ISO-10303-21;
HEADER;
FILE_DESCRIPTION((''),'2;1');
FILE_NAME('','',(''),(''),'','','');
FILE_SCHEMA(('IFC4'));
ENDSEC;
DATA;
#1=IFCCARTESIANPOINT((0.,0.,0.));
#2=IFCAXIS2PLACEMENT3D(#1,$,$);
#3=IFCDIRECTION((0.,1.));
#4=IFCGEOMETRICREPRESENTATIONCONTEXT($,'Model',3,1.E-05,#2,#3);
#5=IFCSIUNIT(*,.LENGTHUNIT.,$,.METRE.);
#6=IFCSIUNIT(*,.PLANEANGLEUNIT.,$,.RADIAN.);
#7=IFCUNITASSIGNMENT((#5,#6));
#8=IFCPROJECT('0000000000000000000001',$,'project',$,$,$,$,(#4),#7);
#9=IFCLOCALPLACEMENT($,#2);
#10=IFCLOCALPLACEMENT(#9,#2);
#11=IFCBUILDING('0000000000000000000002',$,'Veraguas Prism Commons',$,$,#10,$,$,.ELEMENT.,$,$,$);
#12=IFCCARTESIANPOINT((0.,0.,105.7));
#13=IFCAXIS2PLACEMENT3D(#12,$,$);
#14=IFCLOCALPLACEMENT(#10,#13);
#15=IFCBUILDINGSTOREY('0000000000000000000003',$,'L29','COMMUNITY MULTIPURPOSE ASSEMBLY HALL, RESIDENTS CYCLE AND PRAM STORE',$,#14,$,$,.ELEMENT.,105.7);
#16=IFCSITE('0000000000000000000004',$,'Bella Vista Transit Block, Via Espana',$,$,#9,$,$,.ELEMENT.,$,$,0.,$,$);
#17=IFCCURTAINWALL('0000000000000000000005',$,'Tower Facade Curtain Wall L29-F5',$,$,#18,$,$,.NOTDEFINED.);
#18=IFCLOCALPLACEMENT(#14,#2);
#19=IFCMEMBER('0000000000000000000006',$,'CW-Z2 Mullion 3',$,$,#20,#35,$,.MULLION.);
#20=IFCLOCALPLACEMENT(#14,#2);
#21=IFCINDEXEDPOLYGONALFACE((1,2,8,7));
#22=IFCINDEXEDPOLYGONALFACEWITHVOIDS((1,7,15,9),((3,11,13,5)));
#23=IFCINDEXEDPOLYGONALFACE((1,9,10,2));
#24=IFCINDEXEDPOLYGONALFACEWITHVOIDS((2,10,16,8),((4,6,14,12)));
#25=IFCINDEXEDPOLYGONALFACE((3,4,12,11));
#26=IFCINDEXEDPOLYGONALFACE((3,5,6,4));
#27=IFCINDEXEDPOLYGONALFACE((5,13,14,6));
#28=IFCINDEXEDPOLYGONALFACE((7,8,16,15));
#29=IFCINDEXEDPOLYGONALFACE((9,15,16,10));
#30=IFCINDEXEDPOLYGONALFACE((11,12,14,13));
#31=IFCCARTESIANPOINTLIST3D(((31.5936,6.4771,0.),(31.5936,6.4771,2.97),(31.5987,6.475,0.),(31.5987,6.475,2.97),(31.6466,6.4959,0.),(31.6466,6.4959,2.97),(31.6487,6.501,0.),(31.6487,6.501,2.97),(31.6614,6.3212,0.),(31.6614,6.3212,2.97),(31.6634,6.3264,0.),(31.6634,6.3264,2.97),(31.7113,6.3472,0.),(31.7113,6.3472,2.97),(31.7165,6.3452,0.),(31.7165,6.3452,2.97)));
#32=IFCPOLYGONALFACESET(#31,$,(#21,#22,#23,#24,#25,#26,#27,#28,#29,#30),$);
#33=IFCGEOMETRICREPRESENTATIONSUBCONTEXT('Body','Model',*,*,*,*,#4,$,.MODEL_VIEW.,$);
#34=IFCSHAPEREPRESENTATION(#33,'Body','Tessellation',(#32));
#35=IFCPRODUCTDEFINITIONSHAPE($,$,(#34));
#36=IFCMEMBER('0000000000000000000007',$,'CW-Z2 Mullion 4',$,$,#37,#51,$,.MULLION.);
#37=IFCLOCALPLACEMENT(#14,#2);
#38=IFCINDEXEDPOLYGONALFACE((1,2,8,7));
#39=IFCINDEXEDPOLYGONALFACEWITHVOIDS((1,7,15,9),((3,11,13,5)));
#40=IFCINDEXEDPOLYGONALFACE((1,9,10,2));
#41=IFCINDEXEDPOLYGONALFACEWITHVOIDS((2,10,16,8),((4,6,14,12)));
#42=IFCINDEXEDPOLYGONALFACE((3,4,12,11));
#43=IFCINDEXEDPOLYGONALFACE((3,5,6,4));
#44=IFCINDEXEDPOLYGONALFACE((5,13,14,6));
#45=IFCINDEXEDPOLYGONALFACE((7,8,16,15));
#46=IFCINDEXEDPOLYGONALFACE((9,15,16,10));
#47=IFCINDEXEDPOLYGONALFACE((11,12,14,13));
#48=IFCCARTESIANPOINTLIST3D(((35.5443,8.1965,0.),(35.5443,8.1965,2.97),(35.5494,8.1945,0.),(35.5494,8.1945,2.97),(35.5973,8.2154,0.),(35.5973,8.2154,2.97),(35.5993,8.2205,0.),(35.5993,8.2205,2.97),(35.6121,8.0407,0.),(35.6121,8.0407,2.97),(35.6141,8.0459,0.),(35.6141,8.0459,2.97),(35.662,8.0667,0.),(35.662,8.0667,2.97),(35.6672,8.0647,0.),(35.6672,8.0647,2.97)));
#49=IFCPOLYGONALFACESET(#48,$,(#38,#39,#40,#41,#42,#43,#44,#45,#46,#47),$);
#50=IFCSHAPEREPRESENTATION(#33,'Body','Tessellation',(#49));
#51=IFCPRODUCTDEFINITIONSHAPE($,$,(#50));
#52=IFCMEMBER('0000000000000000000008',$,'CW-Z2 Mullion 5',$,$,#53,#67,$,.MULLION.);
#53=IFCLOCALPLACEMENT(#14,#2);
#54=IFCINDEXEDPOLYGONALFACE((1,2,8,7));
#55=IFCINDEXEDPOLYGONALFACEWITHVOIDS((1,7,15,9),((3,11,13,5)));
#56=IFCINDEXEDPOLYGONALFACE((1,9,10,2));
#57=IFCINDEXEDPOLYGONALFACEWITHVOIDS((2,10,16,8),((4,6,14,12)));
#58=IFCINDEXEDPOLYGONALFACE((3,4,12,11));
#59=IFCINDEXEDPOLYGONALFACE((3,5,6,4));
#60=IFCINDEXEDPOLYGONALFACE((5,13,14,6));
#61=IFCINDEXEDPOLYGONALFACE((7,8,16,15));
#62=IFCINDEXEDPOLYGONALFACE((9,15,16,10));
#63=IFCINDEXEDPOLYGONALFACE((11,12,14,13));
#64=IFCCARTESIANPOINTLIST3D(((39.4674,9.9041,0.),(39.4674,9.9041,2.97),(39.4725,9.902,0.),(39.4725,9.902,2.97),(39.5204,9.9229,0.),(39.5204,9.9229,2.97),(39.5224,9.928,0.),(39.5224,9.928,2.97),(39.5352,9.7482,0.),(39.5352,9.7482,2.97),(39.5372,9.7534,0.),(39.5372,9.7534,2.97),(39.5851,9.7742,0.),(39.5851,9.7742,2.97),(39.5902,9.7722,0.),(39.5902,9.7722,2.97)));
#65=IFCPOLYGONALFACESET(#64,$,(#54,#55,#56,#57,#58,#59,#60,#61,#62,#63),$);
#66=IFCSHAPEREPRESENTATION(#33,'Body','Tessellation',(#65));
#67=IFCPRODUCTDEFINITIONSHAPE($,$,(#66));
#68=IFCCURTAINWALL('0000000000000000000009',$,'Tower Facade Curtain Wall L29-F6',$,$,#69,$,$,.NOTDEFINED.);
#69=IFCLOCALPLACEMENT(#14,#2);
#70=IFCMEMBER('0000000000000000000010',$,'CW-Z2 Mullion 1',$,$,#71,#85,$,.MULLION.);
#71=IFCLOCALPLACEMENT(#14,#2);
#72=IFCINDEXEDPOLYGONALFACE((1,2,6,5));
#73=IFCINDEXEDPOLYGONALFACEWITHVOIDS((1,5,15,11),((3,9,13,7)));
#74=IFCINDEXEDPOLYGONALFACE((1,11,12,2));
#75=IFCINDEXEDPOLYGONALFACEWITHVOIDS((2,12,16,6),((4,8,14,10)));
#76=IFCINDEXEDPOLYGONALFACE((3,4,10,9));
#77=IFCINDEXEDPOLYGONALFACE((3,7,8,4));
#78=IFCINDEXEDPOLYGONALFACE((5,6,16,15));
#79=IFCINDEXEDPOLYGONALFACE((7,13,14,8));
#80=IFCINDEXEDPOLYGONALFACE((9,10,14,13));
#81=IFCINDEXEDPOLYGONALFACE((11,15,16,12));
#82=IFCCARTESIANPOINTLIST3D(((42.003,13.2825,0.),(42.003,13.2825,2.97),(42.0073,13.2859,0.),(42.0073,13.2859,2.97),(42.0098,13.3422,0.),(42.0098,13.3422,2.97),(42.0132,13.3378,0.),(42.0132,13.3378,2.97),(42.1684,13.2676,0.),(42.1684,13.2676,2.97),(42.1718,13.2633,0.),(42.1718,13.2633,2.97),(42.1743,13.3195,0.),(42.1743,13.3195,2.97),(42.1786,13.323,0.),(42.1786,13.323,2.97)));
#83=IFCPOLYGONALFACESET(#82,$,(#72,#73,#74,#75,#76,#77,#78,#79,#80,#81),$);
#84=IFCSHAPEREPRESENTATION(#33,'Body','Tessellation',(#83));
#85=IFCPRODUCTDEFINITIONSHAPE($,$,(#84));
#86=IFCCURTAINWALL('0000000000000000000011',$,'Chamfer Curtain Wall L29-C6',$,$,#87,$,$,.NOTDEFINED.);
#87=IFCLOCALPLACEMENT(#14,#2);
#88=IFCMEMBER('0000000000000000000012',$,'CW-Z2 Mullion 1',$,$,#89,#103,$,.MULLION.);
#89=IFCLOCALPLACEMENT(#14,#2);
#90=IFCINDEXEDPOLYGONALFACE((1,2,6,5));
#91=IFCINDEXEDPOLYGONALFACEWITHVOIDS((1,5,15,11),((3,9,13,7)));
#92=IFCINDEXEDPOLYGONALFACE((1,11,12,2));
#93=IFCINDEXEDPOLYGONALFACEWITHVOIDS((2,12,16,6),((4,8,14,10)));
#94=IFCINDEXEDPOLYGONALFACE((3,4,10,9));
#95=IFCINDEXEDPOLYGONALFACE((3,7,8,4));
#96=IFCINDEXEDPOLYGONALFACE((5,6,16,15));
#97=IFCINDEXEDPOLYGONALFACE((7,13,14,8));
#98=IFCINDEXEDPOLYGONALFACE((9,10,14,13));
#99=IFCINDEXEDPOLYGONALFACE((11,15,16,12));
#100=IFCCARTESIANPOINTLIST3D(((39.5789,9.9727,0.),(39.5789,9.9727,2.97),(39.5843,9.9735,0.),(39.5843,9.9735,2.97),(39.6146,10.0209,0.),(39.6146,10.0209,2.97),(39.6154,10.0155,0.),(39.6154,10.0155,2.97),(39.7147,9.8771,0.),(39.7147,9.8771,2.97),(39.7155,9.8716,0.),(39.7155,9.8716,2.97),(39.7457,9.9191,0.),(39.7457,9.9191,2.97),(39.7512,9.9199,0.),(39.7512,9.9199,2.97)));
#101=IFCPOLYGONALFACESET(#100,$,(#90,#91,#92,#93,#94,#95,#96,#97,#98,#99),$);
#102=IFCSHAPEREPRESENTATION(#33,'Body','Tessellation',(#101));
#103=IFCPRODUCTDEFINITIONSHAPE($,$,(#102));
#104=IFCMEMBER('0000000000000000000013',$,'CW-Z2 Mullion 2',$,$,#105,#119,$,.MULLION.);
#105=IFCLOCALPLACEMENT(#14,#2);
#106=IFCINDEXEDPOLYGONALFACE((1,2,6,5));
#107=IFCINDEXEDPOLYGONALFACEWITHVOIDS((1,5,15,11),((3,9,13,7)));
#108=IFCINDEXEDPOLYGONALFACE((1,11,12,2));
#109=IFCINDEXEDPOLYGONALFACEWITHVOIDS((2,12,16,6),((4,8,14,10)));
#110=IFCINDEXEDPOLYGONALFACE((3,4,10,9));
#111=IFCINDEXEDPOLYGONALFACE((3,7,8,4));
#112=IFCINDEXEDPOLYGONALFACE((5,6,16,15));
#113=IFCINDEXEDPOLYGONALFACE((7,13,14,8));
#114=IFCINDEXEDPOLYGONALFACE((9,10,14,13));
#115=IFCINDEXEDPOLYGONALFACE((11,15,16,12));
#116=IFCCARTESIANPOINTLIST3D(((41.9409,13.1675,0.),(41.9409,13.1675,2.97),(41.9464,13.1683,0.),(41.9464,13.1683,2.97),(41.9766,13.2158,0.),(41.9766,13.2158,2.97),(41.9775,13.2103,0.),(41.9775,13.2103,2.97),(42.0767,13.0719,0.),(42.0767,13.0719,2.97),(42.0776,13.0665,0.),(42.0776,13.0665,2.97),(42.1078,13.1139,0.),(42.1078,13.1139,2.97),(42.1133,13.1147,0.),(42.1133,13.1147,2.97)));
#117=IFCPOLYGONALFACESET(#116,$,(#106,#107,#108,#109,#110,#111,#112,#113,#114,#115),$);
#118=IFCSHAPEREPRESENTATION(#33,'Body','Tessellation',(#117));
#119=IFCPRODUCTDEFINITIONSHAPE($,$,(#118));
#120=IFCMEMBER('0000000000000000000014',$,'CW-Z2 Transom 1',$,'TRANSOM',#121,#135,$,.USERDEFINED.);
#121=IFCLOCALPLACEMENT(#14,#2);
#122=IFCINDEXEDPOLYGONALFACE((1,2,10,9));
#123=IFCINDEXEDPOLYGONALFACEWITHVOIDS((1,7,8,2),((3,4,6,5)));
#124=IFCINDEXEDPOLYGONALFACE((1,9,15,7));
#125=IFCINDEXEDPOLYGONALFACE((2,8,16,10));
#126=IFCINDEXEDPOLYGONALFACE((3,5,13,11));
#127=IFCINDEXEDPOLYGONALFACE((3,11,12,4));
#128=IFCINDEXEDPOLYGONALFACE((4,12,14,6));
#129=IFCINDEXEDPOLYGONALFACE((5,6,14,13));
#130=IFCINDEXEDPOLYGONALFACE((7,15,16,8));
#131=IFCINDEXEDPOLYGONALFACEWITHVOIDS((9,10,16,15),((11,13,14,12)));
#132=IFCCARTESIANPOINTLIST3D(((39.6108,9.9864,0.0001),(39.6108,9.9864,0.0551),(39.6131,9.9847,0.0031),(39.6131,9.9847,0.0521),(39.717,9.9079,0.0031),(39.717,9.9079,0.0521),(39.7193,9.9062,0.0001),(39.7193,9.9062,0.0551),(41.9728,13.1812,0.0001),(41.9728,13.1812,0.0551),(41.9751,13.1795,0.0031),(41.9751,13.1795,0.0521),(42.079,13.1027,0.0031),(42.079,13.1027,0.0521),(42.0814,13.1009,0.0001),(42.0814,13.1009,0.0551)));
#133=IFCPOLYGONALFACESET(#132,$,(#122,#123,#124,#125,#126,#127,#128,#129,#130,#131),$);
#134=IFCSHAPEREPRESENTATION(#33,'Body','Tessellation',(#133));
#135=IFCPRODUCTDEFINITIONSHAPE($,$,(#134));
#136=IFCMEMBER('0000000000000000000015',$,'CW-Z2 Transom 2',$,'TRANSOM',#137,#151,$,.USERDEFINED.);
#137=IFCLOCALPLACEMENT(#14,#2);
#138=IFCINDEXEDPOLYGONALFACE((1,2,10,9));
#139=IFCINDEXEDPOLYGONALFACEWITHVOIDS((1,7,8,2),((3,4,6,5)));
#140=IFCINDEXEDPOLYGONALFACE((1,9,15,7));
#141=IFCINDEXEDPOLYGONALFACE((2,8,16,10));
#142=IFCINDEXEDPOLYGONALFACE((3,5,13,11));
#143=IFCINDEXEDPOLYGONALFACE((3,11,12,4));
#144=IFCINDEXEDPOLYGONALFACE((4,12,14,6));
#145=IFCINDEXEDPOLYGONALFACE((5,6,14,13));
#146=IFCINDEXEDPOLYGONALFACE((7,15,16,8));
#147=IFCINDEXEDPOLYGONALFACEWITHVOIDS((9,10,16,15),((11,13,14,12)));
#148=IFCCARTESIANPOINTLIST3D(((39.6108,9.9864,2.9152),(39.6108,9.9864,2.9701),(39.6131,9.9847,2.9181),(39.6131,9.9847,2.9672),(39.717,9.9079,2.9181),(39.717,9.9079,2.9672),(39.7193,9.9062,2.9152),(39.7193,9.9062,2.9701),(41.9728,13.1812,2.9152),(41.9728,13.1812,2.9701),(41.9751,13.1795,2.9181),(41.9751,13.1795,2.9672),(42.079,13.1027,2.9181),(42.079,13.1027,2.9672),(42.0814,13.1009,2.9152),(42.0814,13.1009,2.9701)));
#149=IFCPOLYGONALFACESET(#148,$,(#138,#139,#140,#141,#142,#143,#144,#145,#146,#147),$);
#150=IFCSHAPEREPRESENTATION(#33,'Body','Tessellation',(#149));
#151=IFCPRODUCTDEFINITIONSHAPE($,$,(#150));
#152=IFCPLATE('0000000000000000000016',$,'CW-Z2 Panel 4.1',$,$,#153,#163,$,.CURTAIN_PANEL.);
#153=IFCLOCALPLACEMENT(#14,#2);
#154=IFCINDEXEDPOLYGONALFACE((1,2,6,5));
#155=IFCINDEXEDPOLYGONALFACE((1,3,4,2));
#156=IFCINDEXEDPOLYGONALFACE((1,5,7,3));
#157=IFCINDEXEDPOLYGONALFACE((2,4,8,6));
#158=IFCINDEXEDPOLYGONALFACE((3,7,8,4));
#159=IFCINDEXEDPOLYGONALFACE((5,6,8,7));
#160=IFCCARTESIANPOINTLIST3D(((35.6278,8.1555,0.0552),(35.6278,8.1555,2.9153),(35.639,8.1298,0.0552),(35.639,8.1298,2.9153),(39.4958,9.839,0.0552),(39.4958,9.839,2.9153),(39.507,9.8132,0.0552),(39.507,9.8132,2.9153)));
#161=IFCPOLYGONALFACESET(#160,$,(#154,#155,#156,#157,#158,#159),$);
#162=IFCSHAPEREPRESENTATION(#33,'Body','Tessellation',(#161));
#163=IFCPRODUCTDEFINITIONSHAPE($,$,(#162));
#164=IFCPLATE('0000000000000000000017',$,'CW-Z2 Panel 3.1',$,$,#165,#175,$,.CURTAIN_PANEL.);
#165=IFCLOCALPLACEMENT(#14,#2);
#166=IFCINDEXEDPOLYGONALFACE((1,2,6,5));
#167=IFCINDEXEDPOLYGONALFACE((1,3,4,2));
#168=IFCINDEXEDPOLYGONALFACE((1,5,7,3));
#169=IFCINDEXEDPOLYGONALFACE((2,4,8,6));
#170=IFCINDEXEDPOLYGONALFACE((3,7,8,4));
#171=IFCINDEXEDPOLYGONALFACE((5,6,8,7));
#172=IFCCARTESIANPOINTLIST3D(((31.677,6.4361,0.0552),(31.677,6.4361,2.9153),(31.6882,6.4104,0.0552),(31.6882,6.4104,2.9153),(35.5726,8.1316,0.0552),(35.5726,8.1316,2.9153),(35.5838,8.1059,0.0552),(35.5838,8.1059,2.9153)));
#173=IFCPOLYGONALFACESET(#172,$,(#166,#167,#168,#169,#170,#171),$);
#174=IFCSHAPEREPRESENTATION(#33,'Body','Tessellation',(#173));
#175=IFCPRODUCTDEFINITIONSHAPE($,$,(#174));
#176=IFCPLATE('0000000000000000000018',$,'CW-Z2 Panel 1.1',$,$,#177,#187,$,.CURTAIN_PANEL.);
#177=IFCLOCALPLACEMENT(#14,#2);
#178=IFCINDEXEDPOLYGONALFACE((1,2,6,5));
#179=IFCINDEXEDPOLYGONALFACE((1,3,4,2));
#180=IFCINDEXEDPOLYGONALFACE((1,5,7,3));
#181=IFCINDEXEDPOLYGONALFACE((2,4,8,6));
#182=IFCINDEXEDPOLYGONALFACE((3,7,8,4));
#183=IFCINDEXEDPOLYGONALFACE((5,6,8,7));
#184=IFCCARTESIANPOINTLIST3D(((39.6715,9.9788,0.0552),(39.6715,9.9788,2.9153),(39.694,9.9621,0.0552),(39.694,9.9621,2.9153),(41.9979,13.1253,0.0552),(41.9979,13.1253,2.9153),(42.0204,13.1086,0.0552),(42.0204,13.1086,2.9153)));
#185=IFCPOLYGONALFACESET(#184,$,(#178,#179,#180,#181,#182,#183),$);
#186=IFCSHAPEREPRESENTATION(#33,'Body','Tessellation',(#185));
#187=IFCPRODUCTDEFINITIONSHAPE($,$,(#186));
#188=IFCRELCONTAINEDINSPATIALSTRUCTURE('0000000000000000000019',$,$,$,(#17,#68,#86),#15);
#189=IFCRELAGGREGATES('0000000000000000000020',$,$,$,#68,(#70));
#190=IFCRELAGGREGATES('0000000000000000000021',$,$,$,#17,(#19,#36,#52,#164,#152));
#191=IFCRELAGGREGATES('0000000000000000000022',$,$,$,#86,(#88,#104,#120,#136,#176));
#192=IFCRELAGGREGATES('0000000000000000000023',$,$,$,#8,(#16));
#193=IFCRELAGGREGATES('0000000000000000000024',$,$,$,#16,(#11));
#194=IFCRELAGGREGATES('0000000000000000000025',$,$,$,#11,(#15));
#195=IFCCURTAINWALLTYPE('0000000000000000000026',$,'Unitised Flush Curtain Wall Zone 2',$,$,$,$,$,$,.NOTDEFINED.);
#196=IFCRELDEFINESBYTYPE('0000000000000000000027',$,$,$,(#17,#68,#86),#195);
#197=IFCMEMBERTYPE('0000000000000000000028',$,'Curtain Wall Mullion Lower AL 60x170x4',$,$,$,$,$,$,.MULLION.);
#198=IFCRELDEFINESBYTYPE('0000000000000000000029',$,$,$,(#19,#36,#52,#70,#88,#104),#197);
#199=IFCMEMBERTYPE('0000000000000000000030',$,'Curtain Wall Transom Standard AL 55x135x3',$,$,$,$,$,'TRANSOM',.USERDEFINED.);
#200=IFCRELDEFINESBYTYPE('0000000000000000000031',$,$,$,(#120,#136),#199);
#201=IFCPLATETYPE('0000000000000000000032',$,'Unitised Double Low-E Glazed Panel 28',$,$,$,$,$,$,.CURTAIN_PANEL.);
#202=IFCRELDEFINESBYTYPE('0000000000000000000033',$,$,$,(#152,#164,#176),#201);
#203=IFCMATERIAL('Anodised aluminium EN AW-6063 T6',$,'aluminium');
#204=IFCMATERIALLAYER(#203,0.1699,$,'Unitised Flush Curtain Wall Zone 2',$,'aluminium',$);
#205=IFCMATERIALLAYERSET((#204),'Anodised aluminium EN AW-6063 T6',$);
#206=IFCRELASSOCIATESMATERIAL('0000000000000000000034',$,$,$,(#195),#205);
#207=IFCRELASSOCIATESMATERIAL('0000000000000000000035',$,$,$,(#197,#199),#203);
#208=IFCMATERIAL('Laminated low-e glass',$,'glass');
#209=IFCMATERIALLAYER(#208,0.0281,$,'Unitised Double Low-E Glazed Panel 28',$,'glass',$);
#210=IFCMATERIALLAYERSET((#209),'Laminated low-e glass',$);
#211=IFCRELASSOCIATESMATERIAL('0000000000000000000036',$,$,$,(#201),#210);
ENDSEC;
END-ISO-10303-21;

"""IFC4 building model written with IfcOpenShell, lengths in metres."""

from ifc_helpers import new_model, si_unit, direction, frame, origin, origin_2d, place, context, subcontext, project, spatial, rectangle, hollow_rectangle, extrude, source, transform, mapped, material, layer, layer_set, material_profile, profile_set, type_object, element, aggregate, save


model = new_model("IFC4")

# Units and contexts
model_context = context("Model", 3, precision=1e-05, world=origin(), true_north=direction((0.0, 1.0)))
body_context = subcontext(model_context, "Body", "Model", "MODEL_VIEW")
ifc_project = project(units=[si_unit("LENGTHUNIT", "METRE"), si_unit("PLANEANGLEUNIT", "RADIAN")], contexts=[model_context])

# Site, building, storey
site_placement = place(None, origin())
site = spatial("IfcSite", under=ifc_project, at=site_placement, Name="Bella Vista Transit Block, Via Espana", CompositionType="ELEMENT", RefElevation=0.0)
building_placement = place(site_placement, origin())
building = spatial("IfcBuilding", under=site, at=building_placement, Name="Veraguas Prism Commons", CompositionType="ELEMENT")
storey_placement = place(building_placement, frame((0.0, 0.0, 105.7)))
storey = spatial("IfcBuildingStorey", under=building, at=storey_placement, Name="L29", Description="COMMUNITY MULTIPURPOSE ASSEMBLY HALL, RESIDENTS CYCLE AND PRAM STORE", CompositionType="ELEMENT", Elevation=105.7)

# Curtain wall, members
ifc_material_1 = material(Name="Anodised aluminium EN AW-6063 T6", Category="aluminium")
ifc_layer_1 = layer(ifc_material_1, 0.1699, Name="Unitised Flush Curtain Wall Zone 2", Category="aluminium")
ifc_layer_set_1 = layer_set([ifc_layer_1], Name="Anodised aluminium EN AW-6063 T6")
curtain_wall_type = type_object("IfcCurtainWallType", Name="Unitised Flush Curtain Wall Zone 2", PredefinedType="NOTDEFINED", material=ifc_layer_set_1)
curtain_wall_1_placement = place(storey_placement, origin())
curtain_wall_1 = element("IfcCurtainWall", 1, at=curtain_wall_1_placement, inside=storey, type_object=curtain_wall_type, Name="Tower Facade Curtain Wall L29-F5", PredefinedType="NOTDEFINED")
ifc_material_profile_1 = material_profile(ifc_material_1, hollow_rectangle(XDim=0.0601, YDim=0.1699, WallThickness=0.0039, at=origin_2d()), Name="AL60X170X4")
ifc_profile_set_1 = profile_set([ifc_material_profile_1], Name="Anodised aluminium EN AW-6063 T6")
member_type_1 = type_object("IfcMemberType", Name="Curtain Wall Mullion Lower AL 60x170x4", PredefinedType="MULLION", material=ifc_profile_set_1)
shared_shape_1 = source(origin(), body_context, "Body", "SweptSolid", [
    extrude(hollow_rectangle(XDim=0.0601, YDim=0.1699, WallThickness=0.0039, at=origin_2d()), origin(), (0.0, 0.0, 1.0), 2.97),
])
member_1_placement = place(storey_placement, frame((31.655, 6.4111, 0.0), z_axis=(0.0, 0.0, 1.0), x_axis=(0.916919, 0.399072, 0.0)))
member_1 = element("IfcMember", 2, at=member_1_placement, type_object=member_type_1, Name="CW-Z2 Mullion 3", PredefinedType="MULLION", context=body_context, shape_type="MappedRepresentation", body=[
    mapped(shared_shape_1, transform((0.0, 0.0, 0.0), scale=1.0)),
])
member_2_placement = place(storey_placement, frame((35.6057, 8.1306, 0.0), z_axis=(0.0, 0.0, 1.0), x_axis=(0.916919, 0.399072, 0.0)))
member_2 = element("IfcMember", 3, at=member_2_placement, type_object=member_type_1, Name="CW-Z2 Mullion 4", PredefinedType="MULLION", context=body_context, shape_type="MappedRepresentation", body=[
    mapped(shared_shape_1, transform((0.0, 0.0, 0.0), scale=1.0)),
])
member_3_placement = place(storey_placement, frame((39.5288, 9.8381, 0.0), z_axis=(0.0, 0.0, 1.0), x_axis=(0.916919, 0.399072, 0.0)))
member_3 = element("IfcMember", 4, at=member_3_placement, type_object=member_type_1, Name="CW-Z2 Mullion 5", PredefinedType="MULLION", context=body_context, shape_type="MappedRepresentation", body=[
    mapped(shared_shape_1, transform((0.0, 0.0, 0.0), scale=1.0)),
])

# Curtain wall, member
curtain_wall_2_placement = place(storey_placement, origin())
curtain_wall_2 = element("IfcCurtainWall", 5, at=curtain_wall_2_placement, inside=storey, type_object=curtain_wall_type, Name="Tower Facade Curtain Wall L29-F6", PredefinedType="NOTDEFINED")
member_4_placement = place(storey_placement, frame((42.0908, 13.3027, 0.0), z_axis=(0.0, 0.0, 1.0), x_axis=(0.112856, 0.993611, 0.0)))
member_4 = element("IfcMember", 6, at=member_4_placement, type_object=member_type_1, Name="CW-Z2 Mullion 1", PredefinedType="MULLION", context=body_context, shape_type="MappedRepresentation", body=[
    mapped(shared_shape_1, transform((0.0, 0.0, 0.0), scale=1.0)),
])
aggregate(curtain_wall_2, [member_4])

# Curtain wall, members
curtain_wall_3_placement = place(storey_placement, origin())
curtain_wall_3 = element("IfcCurtainWall", 7, at=curtain_wall_3_placement, inside=storey, type_object=curtain_wall_type, Name="Chamfer Curtain Wall L29-C6", PredefinedType="NOTDEFINED")
member_5_placement = place(storey_placement, frame((39.665, 9.9463, 0.0), z_axis=(0.0, 0.0, 1.0), x_axis=(0.59452, 0.804081, 0.0)))
member_5 = element("IfcMember", 8, at=member_5_placement, type_object=member_type_1, Name="CW-Z2 Mullion 1", PredefinedType="MULLION", context=body_context, shape_type="MappedRepresentation", body=[
    mapped(shared_shape_1, transform((0.0, 0.0, 0.0), scale=1.0)),
])
member_6_placement = place(storey_placement, frame((42.0271, 13.1411, 0.0), z_axis=(0.0, 0.0, 1.0), x_axis=(0.59452, 0.804081, 0.0)))
member_6 = element("IfcMember", 9, at=member_6_placement, type_object=member_type_1, Name="CW-Z2 Mullion 2", PredefinedType="MULLION", context=body_context, shape_type="MappedRepresentation", body=[
    mapped(shared_shape_1, transform((0.0, 0.0, 0.0), scale=1.0)),
])
ifc_material_profile_2 = material_profile(ifc_material_1, hollow_rectangle(XDim=0.0549, YDim=0.135, WallThickness=0.0029, at=origin_2d()), Name="AL55X135X3")
ifc_profile_set_2 = profile_set([ifc_material_profile_2], Name="Anodised aluminium EN AW-6063 T6")
member_type_2 = type_object("IfcMemberType", Name="Curtain Wall Transom Standard AL 55x135x3", ElementType="TRANSOM", PredefinedType="USERDEFINED", material=ifc_profile_set_2)
shared_shape_2 = source(origin(), body_context, "Body", "SweptSolid", [
    extrude(hollow_rectangle(XDim=0.0549, YDim=0.135, WallThickness=0.0029, at=origin_2d()), origin(), (0.0, 0.0, 1.0), 3.9731),
])
member_7_placement = place(storey_placement, frame((39.665, 9.9463, 0.0276), z_axis=(0.5945, 0.804096, 0.0), x_axis=(0.0, 0.0, 1.0)))
member_7 = element("IfcMember", 10, at=member_7_placement, type_object=member_type_2, Name="CW-Z2 Transom 1", ObjectType="TRANSOM", PredefinedType="USERDEFINED", context=body_context, shape_type="MappedRepresentation", body=[
    mapped(shared_shape_2, transform((0.0, 0.0, 0.0), scale=1.0)),
])
member_8_placement = place(storey_placement, frame((39.665, 9.9463, 2.9426), z_axis=(0.5945, 0.804096, 0.0), x_axis=(0.0, 0.0, 1.0)))
member_8 = element("IfcMember", 11, at=member_8_placement, type_object=member_type_2, Name="CW-Z2 Transom 2", ObjectType="TRANSOM", PredefinedType="USERDEFINED", context=body_context, shape_type="MappedRepresentation", body=[
    mapped(shared_shape_2, transform((0.0, 0.0, 0.0), scale=1.0)),
])

# Plates
ifc_material_2 = material(Name="Laminated low-e glass", Category="glass")
ifc_layer_2 = layer(ifc_material_2, 0.0281, Name="Unitised Double Low-E Glazed Panel 28", Category="glass")
ifc_layer_set_2 = layer_set([ifc_layer_2], Name="Laminated low-e glass")
plate_type = type_object("IfcPlateType", Name="Unitised Double Low-E Glazed Panel 28", PredefinedType="CURTAIN_PANEL", material=ifc_layer_set_2)
shared_shape_3 = source(origin(), body_context, "Body", "SweptSolid", [
    extrude(rectangle(XDim=4.2185, YDim=0.0281, at=origin_2d()), origin(), (0.0, 0.0, 1.0), 2.8601),
])
plate_1_placement = place(storey_placement, frame((37.5674, 8.9844, 0.0552), z_axis=(0.0, 0.0, 1.0), x_axis=(0.916919, 0.399072, 0.0)))
plate_1 = element("IfcPlate", 12, at=plate_1_placement, type_object=plate_type, Name="CW-Z2 Panel 4.1", PredefinedType="CURTAIN_PANEL", context=body_context, shape_type="MappedRepresentation", body=[
    mapped(shared_shape_3, transform((0.0, 0.0, 0.0), scale=1.0)),
])
shared_shape_4 = source(origin(), body_context, "Body", "SweptSolid", [
    extrude(rectangle(XDim=4.2485, YDim=0.0281, at=origin_2d()), origin(), (0.0, 0.0, 1.0), 2.8601),
])
plate_2_placement = place(storey_placement, frame((33.6304, 7.271, 0.0552), z_axis=(0.0, 0.0, 1.0), x_axis=(0.916919, 0.399072, 0.0)))
plate_2 = element("IfcPlate", 13, at=plate_2_placement, type_object=plate_type, Name="CW-Z2 Panel 3.1", PredefinedType="CURTAIN_PANEL", context=body_context, shape_type="MappedRepresentation", body=[
    mapped(shared_shape_4, transform((0.0, 0.0, 0.0), scale=1.0)),
])
aggregate(curtain_wall_1, [member_1, member_2, member_3, plate_2, plate_1])
shared_shape_5 = source(origin(), body_context, "Body", "SweptSolid", [
    extrude(rectangle(XDim=3.9131, YDim=0.0281, at=origin_2d()), origin(), (0.0, 0.0, 1.0), 2.8601),
])
plate_3_placement = place(storey_placement, frame((40.8459, 11.5437, 0.0552), z_axis=(0.0, 0.0, 1.0), x_axis=(0.59452, 0.804081, 0.0)))
plate_3 = element("IfcPlate", 14, at=plate_3_placement, type_object=plate_type, Name="CW-Z2 Panel 1.1", PredefinedType="CURTAIN_PANEL", context=body_context, shape_type="MappedRepresentation", body=[
    mapped(shared_shape_5, transform((0.0, 0.0, 0.0), scale=1.0)),
])
aggregate(curtain_wall_3, [member_5, member_6, member_7, member_8, plate_3])

save(model, "model.ifc")
